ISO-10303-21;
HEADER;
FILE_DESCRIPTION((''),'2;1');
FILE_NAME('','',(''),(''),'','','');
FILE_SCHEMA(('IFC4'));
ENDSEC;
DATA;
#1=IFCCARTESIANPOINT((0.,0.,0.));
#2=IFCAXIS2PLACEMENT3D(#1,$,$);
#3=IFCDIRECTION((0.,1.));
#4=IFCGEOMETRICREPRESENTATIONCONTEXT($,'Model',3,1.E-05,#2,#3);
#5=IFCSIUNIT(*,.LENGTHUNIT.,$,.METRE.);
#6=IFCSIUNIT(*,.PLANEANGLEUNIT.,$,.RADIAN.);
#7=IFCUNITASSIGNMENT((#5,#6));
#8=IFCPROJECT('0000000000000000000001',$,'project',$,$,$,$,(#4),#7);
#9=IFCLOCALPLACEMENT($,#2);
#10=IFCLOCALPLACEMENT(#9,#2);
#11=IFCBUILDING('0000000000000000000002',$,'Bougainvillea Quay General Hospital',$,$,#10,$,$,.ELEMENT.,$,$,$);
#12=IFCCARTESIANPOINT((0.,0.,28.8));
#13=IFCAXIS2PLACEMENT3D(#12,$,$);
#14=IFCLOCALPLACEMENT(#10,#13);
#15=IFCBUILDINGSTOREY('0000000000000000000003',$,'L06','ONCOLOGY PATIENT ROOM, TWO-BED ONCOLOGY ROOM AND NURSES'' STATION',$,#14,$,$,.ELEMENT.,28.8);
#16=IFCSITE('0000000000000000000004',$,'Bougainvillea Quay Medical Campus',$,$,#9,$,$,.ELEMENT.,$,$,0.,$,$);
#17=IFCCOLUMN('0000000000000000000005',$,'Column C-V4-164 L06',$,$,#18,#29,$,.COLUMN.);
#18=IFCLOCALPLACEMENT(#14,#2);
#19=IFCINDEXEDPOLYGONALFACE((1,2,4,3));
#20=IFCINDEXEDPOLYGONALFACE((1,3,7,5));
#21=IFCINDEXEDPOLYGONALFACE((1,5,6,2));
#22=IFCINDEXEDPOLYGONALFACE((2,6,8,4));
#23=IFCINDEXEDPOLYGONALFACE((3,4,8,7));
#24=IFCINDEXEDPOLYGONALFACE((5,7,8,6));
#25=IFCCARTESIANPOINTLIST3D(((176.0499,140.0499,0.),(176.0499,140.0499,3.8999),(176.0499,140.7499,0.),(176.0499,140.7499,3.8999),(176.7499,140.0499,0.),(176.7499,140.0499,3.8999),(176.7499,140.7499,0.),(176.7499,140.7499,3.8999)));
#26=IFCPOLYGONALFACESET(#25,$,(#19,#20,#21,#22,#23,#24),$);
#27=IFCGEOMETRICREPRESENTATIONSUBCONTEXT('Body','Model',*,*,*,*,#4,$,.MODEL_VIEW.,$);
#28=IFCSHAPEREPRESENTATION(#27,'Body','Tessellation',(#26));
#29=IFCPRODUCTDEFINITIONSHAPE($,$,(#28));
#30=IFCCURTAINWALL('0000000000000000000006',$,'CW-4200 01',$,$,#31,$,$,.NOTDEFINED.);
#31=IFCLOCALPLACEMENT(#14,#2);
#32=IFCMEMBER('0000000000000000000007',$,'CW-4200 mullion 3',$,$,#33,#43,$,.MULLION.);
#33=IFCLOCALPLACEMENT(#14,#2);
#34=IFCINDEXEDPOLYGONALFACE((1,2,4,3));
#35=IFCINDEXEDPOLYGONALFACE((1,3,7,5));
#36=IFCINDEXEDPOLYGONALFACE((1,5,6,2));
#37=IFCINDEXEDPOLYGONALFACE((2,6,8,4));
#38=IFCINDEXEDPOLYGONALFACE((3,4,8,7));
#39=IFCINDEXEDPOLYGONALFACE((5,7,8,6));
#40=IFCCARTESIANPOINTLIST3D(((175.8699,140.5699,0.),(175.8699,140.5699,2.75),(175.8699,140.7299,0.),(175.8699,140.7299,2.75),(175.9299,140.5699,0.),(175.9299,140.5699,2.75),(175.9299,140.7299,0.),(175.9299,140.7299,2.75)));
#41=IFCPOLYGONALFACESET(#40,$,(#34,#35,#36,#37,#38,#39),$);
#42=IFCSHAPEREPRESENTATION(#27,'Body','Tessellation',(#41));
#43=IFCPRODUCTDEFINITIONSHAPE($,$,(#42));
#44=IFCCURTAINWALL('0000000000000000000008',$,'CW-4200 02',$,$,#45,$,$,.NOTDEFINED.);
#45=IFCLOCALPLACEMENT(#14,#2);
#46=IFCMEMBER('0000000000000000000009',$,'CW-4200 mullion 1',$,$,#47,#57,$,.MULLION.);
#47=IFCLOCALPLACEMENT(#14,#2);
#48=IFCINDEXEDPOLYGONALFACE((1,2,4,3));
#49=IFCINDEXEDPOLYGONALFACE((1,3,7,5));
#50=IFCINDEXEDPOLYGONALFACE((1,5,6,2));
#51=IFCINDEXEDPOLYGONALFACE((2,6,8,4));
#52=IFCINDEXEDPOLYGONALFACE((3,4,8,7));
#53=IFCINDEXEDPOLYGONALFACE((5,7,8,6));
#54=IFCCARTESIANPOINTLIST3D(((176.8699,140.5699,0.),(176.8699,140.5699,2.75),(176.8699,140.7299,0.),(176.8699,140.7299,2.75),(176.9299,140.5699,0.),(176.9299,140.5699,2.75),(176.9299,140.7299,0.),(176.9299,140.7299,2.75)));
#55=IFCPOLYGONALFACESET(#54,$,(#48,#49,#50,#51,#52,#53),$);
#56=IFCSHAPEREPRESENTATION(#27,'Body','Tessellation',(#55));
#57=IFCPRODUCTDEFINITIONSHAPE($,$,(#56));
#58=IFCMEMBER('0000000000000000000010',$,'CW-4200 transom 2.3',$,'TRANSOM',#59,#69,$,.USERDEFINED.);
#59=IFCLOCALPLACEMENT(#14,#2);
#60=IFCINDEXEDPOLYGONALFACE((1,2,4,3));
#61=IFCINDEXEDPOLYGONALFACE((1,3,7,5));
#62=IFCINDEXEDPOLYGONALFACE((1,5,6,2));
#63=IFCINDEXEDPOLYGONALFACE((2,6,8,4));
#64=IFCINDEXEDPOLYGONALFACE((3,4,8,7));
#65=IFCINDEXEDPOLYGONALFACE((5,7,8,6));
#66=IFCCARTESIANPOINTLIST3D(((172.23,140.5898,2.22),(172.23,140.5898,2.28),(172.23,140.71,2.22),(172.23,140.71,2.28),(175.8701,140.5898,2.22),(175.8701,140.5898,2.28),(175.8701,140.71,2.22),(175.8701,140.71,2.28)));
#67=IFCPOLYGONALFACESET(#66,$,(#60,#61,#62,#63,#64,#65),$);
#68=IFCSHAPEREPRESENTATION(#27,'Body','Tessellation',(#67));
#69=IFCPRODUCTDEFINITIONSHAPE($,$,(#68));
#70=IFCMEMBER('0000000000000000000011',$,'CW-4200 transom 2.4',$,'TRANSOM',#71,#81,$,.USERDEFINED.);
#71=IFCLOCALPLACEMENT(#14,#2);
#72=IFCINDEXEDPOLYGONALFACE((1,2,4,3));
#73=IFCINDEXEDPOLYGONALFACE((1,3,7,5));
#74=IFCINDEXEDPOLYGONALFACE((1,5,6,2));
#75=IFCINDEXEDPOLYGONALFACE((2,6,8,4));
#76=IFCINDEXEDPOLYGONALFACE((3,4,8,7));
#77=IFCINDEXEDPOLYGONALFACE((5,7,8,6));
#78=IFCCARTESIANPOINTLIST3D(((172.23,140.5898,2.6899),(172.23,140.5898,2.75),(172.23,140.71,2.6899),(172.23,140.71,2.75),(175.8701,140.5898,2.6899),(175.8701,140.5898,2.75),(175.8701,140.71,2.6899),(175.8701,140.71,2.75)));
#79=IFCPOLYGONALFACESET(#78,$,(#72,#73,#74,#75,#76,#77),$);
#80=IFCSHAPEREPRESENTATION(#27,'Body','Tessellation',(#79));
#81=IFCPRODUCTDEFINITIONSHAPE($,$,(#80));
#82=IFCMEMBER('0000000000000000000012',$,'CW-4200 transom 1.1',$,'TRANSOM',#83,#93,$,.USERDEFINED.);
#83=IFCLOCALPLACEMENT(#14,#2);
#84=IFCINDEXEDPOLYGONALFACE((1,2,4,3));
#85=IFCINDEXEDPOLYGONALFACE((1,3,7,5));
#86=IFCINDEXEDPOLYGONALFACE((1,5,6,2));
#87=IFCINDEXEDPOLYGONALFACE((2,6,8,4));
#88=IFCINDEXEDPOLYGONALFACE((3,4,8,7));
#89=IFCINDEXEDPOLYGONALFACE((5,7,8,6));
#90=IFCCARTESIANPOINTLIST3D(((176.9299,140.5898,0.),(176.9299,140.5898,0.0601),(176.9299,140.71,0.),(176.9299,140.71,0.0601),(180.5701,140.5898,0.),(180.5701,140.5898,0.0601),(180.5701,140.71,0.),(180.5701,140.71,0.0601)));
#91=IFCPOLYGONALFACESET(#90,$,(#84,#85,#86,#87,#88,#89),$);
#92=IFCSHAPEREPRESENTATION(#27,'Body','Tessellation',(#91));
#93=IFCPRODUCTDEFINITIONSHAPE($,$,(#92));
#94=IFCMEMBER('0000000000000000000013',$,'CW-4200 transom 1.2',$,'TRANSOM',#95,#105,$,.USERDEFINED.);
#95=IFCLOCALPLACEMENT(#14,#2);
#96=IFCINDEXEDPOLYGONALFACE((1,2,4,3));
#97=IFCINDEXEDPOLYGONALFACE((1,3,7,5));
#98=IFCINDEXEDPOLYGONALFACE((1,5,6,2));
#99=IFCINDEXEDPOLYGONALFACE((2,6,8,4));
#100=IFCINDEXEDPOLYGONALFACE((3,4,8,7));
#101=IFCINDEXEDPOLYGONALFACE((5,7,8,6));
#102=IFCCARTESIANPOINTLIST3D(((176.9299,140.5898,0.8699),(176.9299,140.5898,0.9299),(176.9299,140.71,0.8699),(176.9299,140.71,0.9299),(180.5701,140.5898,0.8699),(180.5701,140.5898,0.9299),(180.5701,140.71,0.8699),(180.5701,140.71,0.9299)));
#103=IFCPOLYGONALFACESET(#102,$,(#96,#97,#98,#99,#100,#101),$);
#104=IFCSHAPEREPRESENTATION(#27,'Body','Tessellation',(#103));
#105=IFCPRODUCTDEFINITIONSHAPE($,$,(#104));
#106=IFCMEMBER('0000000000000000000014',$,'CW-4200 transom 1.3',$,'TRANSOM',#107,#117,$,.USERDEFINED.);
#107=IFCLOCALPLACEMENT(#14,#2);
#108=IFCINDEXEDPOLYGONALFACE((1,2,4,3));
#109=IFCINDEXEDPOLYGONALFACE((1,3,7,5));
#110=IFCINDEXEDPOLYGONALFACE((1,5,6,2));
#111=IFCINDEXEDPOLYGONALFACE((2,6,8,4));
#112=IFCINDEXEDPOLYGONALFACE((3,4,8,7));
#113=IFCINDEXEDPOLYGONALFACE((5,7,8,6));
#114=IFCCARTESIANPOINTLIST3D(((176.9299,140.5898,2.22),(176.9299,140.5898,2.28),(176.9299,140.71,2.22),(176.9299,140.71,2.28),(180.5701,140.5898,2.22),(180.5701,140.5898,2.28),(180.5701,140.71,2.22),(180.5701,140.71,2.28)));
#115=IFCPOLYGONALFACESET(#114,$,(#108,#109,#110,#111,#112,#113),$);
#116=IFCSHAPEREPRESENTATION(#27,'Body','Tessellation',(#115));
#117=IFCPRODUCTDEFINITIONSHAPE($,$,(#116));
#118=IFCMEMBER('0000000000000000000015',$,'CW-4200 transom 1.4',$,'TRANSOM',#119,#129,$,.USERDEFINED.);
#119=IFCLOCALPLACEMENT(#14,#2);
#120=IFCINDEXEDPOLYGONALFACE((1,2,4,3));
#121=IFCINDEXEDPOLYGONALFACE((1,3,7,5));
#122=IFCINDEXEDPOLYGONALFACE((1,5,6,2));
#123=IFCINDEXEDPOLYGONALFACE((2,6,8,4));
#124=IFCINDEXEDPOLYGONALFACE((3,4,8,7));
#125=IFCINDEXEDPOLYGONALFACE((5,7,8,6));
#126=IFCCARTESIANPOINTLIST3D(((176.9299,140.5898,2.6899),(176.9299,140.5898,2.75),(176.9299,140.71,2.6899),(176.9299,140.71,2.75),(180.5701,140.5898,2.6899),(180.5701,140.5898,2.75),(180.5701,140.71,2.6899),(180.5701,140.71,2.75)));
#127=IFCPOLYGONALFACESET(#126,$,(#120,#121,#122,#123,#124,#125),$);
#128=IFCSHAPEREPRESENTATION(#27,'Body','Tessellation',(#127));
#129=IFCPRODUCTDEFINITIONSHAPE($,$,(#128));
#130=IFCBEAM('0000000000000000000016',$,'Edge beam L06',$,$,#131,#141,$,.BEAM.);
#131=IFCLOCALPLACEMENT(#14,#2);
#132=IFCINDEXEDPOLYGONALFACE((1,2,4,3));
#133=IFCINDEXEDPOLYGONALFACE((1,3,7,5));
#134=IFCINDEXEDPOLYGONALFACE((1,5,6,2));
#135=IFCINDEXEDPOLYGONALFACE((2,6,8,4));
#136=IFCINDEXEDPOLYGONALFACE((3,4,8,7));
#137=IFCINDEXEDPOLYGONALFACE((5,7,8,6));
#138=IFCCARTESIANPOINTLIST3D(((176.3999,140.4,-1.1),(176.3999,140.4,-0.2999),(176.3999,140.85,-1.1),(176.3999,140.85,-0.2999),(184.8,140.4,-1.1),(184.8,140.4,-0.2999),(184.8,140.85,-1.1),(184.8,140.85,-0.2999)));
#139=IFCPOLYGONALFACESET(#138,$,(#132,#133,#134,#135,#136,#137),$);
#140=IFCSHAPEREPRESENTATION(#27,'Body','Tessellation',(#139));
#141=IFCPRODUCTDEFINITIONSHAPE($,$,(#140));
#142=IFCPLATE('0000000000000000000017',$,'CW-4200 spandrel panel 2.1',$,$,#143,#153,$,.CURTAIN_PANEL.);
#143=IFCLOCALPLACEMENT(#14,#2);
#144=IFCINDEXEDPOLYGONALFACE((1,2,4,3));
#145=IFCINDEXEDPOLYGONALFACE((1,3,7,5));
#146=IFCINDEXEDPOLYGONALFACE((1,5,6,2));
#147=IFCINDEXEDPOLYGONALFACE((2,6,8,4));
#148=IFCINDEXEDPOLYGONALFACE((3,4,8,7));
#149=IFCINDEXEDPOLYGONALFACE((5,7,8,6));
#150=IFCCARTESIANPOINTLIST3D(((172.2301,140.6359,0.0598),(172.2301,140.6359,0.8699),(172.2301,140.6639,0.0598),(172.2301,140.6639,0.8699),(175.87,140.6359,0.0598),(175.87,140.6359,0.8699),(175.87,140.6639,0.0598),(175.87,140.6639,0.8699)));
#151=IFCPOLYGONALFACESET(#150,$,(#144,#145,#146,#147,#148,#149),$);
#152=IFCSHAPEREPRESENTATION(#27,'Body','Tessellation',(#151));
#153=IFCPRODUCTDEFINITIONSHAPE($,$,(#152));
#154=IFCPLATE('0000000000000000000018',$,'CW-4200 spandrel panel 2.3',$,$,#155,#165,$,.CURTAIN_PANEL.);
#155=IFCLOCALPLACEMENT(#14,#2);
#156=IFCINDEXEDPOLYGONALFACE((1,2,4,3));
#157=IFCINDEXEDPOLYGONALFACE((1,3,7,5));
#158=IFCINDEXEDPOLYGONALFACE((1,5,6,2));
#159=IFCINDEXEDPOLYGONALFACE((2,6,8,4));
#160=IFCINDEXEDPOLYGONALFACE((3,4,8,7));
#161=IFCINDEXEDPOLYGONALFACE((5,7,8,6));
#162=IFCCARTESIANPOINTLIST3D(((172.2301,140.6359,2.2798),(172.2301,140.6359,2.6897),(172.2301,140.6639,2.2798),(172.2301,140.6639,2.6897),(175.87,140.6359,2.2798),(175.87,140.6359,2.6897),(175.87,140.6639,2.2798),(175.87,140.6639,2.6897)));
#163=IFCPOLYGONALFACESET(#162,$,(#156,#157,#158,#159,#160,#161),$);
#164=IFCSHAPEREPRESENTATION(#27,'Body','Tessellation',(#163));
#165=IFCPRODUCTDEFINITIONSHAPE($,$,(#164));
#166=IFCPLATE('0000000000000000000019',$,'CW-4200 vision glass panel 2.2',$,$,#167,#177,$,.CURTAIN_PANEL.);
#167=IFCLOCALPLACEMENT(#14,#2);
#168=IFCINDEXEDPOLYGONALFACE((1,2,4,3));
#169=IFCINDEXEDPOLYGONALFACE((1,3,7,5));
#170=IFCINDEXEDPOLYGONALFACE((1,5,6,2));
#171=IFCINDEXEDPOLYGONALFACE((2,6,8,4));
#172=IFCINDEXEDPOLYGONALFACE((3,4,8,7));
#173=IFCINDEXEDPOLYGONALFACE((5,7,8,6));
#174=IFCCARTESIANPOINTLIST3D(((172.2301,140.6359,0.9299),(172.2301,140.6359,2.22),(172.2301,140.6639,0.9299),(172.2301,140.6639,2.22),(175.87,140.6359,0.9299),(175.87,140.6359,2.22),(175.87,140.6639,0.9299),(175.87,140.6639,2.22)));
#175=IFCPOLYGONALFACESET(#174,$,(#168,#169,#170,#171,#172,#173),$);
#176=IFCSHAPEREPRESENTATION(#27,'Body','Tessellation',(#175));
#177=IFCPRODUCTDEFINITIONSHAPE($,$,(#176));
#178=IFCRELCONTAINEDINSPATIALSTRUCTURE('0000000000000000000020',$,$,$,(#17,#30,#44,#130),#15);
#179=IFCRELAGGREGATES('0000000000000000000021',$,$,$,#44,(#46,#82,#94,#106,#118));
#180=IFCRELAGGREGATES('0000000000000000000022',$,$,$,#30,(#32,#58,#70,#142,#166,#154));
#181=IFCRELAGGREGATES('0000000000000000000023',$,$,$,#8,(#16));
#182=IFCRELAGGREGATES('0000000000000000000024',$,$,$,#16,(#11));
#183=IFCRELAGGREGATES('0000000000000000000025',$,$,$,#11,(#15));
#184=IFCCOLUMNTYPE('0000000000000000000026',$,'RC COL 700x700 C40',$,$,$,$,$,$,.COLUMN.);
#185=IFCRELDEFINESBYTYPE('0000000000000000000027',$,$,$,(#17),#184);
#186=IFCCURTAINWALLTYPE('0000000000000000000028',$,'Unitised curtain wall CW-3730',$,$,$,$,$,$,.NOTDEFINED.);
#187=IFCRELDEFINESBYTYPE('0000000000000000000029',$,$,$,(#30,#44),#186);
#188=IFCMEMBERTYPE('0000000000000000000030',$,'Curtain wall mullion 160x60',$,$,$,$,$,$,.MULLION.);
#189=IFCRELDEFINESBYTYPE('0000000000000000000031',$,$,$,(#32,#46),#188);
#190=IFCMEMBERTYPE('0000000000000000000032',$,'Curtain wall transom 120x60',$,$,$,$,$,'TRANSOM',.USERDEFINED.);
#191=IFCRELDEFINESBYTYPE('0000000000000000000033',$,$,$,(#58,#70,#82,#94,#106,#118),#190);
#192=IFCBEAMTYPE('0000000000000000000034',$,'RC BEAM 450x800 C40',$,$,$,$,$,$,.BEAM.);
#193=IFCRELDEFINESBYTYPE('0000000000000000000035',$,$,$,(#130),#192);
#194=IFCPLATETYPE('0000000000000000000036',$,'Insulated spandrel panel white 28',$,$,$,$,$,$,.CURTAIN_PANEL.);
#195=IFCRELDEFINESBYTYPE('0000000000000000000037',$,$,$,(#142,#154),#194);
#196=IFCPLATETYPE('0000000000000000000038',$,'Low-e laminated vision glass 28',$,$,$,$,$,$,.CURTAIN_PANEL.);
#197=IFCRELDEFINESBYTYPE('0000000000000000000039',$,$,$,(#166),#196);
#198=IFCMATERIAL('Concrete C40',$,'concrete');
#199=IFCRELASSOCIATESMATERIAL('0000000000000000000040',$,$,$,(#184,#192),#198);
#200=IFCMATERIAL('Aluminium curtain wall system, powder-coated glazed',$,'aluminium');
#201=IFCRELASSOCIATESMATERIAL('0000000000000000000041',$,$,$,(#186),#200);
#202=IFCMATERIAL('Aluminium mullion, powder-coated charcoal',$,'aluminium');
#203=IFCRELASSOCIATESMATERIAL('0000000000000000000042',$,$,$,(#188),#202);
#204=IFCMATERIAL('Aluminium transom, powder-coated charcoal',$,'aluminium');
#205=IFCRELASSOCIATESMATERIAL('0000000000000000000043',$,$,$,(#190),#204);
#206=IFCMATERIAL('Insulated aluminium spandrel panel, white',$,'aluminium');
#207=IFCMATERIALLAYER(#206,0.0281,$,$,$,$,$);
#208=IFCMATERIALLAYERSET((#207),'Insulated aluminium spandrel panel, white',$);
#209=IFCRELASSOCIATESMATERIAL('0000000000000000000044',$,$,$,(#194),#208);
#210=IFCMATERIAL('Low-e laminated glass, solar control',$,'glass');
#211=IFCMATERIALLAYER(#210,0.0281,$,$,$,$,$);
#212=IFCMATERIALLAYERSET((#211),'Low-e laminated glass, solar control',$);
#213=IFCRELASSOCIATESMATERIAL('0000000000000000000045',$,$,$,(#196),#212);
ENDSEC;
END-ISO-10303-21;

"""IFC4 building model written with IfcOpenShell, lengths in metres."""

from ifc_helpers import new_model, si_unit, direction, frame, origin, origin_2d, place, context, subcontext, project, spatial, rectangle, extrude, material, layer, layer_set, material_profile, profile_set, type_object, element, aggregate, save


model = new_model("IFC4")

# Units and contexts
model_context = context("Model", 3, precision=1e-05, world=origin(), true_north=direction((0.0, 1.0)))
body_context = subcontext(model_context, "Body", "Model", "MODEL_VIEW")
ifc_project = project(units=[si_unit("LENGTHUNIT", "METRE"), si_unit("PLANEANGLEUNIT", "RADIAN")], contexts=[model_context])

# Site, building, storey
site_placement = place(None, origin())
site = spatial("IfcSite", under=ifc_project, at=site_placement, Name="Bougainvillea Quay Medical Campus", CompositionType="ELEMENT", RefElevation=0.0)
building_placement = place(site_placement, origin())
building = spatial("IfcBuilding", under=site, at=building_placement, Name="Bougainvillea Quay General Hospital", CompositionType="ELEMENT")
storey_placement = place(building_placement, frame((0.0, 0.0, 28.8)))
storey = spatial("IfcBuildingStorey", under=building, at=storey_placement, Name="L06", Description="ONCOLOGY PATIENT ROOM, TWO-BED ONCOLOGY ROOM AND NURSES' STATION", CompositionType="ELEMENT", Elevation=28.8)

# Column
ifc_material_1 = material(Name="Concrete C40", Category="concrete")
ifc_material_profile_1 = material_profile(ifc_material_1, rectangle(XDim=0.7, YDim=0.7, at=origin_2d()))
ifc_profile_set_1 = profile_set([ifc_material_profile_1], Name="Concrete C40")
column_type = type_object("IfcColumnType", Name="RC COL 700x700 C40", PredefinedType="COLUMN", material=ifc_profile_set_1)
column_placement = place(storey_placement, frame((176.3999, 140.3999, 0.0), z_axis=(0.0, 0.0, 1.0), x_axis=(1.0, 0.0, 0.0)))
element("IfcColumn", 1, at=column_placement, inside=storey, type_object=column_type, Name="Column C-V4-164 L06", PredefinedType="COLUMN", context=body_context, shape_type="SweptSolid", body=[
    extrude(rectangle(XDim=0.7, YDim=0.7, at=origin_2d()), origin(), (0.0, 0.0, 1.0), 3.8999),
])

# Curtain walls, members
ifc_material_2 = material(Name="Aluminium curtain wall system, powder-coated glazed", Category="aluminium")
curtain_wall_type = type_object("IfcCurtainWallType", Name="Unitised curtain wall CW-3730", PredefinedType="NOTDEFINED", material=ifc_material_2)
curtain_wall_1_placement = place(storey_placement, origin())
curtain_wall_1 = element("IfcCurtainWall", 2, at=curtain_wall_1_placement, inside=storey, type_object=curtain_wall_type, Name="CW-4200 01", PredefinedType="NOTDEFINED")
ifc_material_3 = material(Name="Aluminium mullion, powder-coated charcoal", Category="aluminium")
ifc_material_profile_2 = material_profile(ifc_material_3, rectangle(XDim=0.1599, YDim=0.0601, at=origin_2d()))
ifc_profile_set_2 = profile_set([ifc_material_profile_2], Name="Aluminium mullion, powder-coated charcoal")
member_type_1 = type_object("IfcMemberType", Name="Curtain wall mullion 160x60", PredefinedType="MULLION", material=ifc_profile_set_2)
member_1_placement = place(storey_placement, frame((175.8999, 140.6499, 0.0), z_axis=(0.0, 0.0, 1.0), x_axis=(0.0, 1.0, 0.0)))
member_1 = element("IfcMember", 3, at=member_1_placement, type_object=member_type_1, Name="CW-4200 mullion 3", PredefinedType="MULLION", context=body_context, shape_type="SweptSolid", body=[
    extrude(rectangle(XDim=0.1599, YDim=0.0601, at=origin_2d()), origin(), (0.0, 0.0, 1.0), 2.75),
])
curtain_wall_2_placement = place(storey_placement, origin())
curtain_wall_2 = element("IfcCurtainWall", 4, at=curtain_wall_2_placement, inside=storey, type_object=curtain_wall_type, Name="CW-4200 02", PredefinedType="NOTDEFINED")
member_2_placement = place(storey_placement, frame((176.8999, 140.6499, 0.0), z_axis=(0.0, 0.0, 1.0), x_axis=(0.0, 1.0, 0.0)))
member_2 = element("IfcMember", 5, at=member_2_placement, type_object=member_type_1, Name="CW-4200 mullion 1", PredefinedType="MULLION", context=body_context, shape_type="SweptSolid", body=[
    extrude(rectangle(XDim=0.1599, YDim=0.0601, at=origin_2d()), origin(), (0.0, 0.0, 1.0), 2.75),
])

# Members
ifc_material_4 = material(Name="Aluminium transom, powder-coated charcoal", Category="aluminium")
ifc_material_profile_3 = material_profile(ifc_material_4, rectangle(XDim=0.1201, YDim=0.0601, at=origin_2d()))
ifc_profile_set_3 = profile_set([ifc_material_profile_3], Name="Aluminium transom, powder-coated charcoal")
member_type_2 = type_object("IfcMemberType", Name="Curtain wall transom 120x60", ElementType="TRANSOM", PredefinedType="USERDEFINED", material=ifc_profile_set_3)
member_3_placement = place(storey_placement, frame((172.23, 140.6499, 2.25), z_axis=(1.0, 0.0, 0.0), x_axis=(0.0, 1.0, 0.0)))
member_3 = element("IfcMember", 6, at=member_3_placement, type_object=member_type_2, Name="CW-4200 transom 2.3", ObjectType="TRANSOM", PredefinedType="USERDEFINED", context=body_context, shape_type="SweptSolid", body=[
    extrude(rectangle(XDim=0.1201, YDim=0.0601, at=origin_2d()), origin(), (0.0, 0.0, 1.0), 3.6401),
])
member_4_placement = place(storey_placement, frame((172.23, 140.6499, 2.72), z_axis=(1.0, 0.0, 0.0), x_axis=(0.0, 1.0, 0.0)))
member_4 = element("IfcMember", 7, at=member_4_placement, type_object=member_type_2, Name="CW-4200 transom 2.4", ObjectType="TRANSOM", PredefinedType="USERDEFINED", context=body_context, shape_type="SweptSolid", body=[
    extrude(rectangle(XDim=0.1201, YDim=0.0601, at=origin_2d()), origin(), (0.0, 0.0, 1.0), 3.6401),
])
member_5_placement = place(storey_placement, frame((176.9299, 140.6499, 0.03), z_axis=(1.0, 0.0, 0.0), x_axis=(0.0, 1.0, 0.0)))
member_5 = element("IfcMember", 8, at=member_5_placement, type_object=member_type_2, Name="CW-4200 transom 1.1", ObjectType="TRANSOM", PredefinedType="USERDEFINED", context=body_context, shape_type="SweptSolid", body=[
    extrude(rectangle(XDim=0.1201, YDim=0.0601, at=origin_2d()), origin(), (0.0, 0.0, 1.0), 3.6401),
])
member_6_placement = place(storey_placement, frame((176.9299, 140.6499, 0.8999), z_axis=(1.0, 0.0, 0.0), x_axis=(0.0, 1.0, 0.0)))
member_6 = element("IfcMember", 9, at=member_6_placement, type_object=member_type_2, Name="CW-4200 transom 1.2", ObjectType="TRANSOM", PredefinedType="USERDEFINED", context=body_context, shape_type="SweptSolid", body=[
    extrude(rectangle(XDim=0.1201, YDim=0.0601, at=origin_2d()), origin(), (0.0, 0.0, 1.0), 3.6401),
])
member_7_placement = place(storey_placement, frame((176.9299, 140.6499, 2.25), z_axis=(1.0, 0.0, 0.0), x_axis=(0.0, 1.0, 0.0)))
member_7 = element("IfcMember", 10, at=member_7_placement, type_object=member_type_2, Name="CW-4200 transom 1.3", ObjectType="TRANSOM", PredefinedType="USERDEFINED", context=body_context, shape_type="SweptSolid", body=[
    extrude(rectangle(XDim=0.1201, YDim=0.0601, at=origin_2d()), origin(), (0.0, 0.0, 1.0), 3.6401),
])
member_8_placement = place(storey_placement, frame((176.9299, 140.6499, 2.72), z_axis=(1.0, 0.0, 0.0), x_axis=(0.0, 1.0, 0.0)))
member_8 = element("IfcMember", 11, at=member_8_placement, type_object=member_type_2, Name="CW-4200 transom 1.4", ObjectType="TRANSOM", PredefinedType="USERDEFINED", context=body_context, shape_type="SweptSolid", body=[
    extrude(rectangle(XDim=0.1201, YDim=0.0601, at=origin_2d()), origin(), (0.0, 0.0, 1.0), 3.6401),
])
aggregate(curtain_wall_2, [member_2, member_5, member_6, member_7, member_8])

# Beam
ifc_material_profile_4 = material_profile(ifc_material_1, rectangle(XDim=0.45, YDim=0.8, at=origin_2d()))
ifc_profile_set_4 = profile_set([ifc_material_profile_4], Name="Concrete C40")
beam_type = type_object("IfcBeamType", Name="RC BEAM 450x800 C40", PredefinedType="BEAM", material=ifc_profile_set_4)
beam_placement = place(storey_placement, frame((176.3999, 140.625, -0.7), z_axis=(1.0, 0.0, 0.0), x_axis=(0.0, 1.0, 0.0)))
element("IfcBeam", 12, at=beam_placement, inside=storey, type_object=beam_type, Name="Edge beam L06", PredefinedType="BEAM", context=body_context, shape_type="SweptSolid", body=[
    extrude(rectangle(XDim=0.45, YDim=0.8, at=origin_2d()), origin(), (0.0, 0.0, 1.0), 8.4001),
])

# Plates
ifc_material_5 = material(Name="Insulated aluminium spandrel panel, white", Category="aluminium")
ifc_layer_1 = layer(ifc_material_5, 0.0281)
ifc_layer_set_1 = layer_set([ifc_layer_1], Name="Insulated aluminium spandrel panel, white")
plate_type_1 = type_object("IfcPlateType", Name="Insulated spandrel panel white 28", PredefinedType="CURTAIN_PANEL", material=ifc_layer_set_1)
plate_1_placement = place(storey_placement, frame((174.05, 140.6499, 0.0598), z_axis=(0.0, 0.0, 1.0), x_axis=(1.0, 0.0, 0.0)))
plate_1 = element("IfcPlate", 13, at=plate_1_placement, type_object=plate_type_1, Name="CW-4200 spandrel panel 2.1", PredefinedType="CURTAIN_PANEL", context=body_context, shape_type="SweptSolid", body=[
    extrude(rectangle(XDim=3.6399, YDim=0.0281, at=origin_2d()), origin(), (0.0, 0.0, 1.0), 0.8101),
])
plate_2_placement = place(storey_placement, frame((174.05, 140.6499, 2.2798), z_axis=(0.0, 0.0, 1.0), x_axis=(1.0, 0.0, 0.0)))
plate_2 = element("IfcPlate", 14, at=plate_2_placement, type_object=plate_type_1, Name="CW-4200 spandrel panel 2.3", PredefinedType="CURTAIN_PANEL", context=body_context, shape_type="SweptSolid", body=[
    extrude(rectangle(XDim=3.6399, YDim=0.0281, at=origin_2d()), origin(), (0.0, 0.0, 1.0), 0.4099),
])
ifc_material_6 = material(Name="Low-e laminated glass, solar control", Category="glass")
ifc_layer_2 = layer(ifc_material_6, 0.0281)
ifc_layer_set_2 = layer_set([ifc_layer_2], Name="Low-e laminated glass, solar control")
plate_type_2 = type_object("IfcPlateType", Name="Low-e laminated vision glass 28", PredefinedType="CURTAIN_PANEL", material=ifc_layer_set_2)
plate_3_placement = place(storey_placement, frame((174.05, 140.6499, 0.9299), z_axis=(0.0, 0.0, 1.0), x_axis=(1.0, 0.0, 0.0)))
plate_3 = element("IfcPlate", 15, at=plate_3_placement, type_object=plate_type_2, Name="CW-4200 vision glass panel 2.2", PredefinedType="CURTAIN_PANEL", context=body_context, shape_type="SweptSolid", body=[
    extrude(rectangle(XDim=3.6399, YDim=0.0281, at=origin_2d()), origin(), (0.0, 0.0, 1.0), 1.29),
])
aggregate(curtain_wall_1, [member_1, member_3, member_4, plate_1, plate_3, plate_2])

save(model, "model.ifc")
